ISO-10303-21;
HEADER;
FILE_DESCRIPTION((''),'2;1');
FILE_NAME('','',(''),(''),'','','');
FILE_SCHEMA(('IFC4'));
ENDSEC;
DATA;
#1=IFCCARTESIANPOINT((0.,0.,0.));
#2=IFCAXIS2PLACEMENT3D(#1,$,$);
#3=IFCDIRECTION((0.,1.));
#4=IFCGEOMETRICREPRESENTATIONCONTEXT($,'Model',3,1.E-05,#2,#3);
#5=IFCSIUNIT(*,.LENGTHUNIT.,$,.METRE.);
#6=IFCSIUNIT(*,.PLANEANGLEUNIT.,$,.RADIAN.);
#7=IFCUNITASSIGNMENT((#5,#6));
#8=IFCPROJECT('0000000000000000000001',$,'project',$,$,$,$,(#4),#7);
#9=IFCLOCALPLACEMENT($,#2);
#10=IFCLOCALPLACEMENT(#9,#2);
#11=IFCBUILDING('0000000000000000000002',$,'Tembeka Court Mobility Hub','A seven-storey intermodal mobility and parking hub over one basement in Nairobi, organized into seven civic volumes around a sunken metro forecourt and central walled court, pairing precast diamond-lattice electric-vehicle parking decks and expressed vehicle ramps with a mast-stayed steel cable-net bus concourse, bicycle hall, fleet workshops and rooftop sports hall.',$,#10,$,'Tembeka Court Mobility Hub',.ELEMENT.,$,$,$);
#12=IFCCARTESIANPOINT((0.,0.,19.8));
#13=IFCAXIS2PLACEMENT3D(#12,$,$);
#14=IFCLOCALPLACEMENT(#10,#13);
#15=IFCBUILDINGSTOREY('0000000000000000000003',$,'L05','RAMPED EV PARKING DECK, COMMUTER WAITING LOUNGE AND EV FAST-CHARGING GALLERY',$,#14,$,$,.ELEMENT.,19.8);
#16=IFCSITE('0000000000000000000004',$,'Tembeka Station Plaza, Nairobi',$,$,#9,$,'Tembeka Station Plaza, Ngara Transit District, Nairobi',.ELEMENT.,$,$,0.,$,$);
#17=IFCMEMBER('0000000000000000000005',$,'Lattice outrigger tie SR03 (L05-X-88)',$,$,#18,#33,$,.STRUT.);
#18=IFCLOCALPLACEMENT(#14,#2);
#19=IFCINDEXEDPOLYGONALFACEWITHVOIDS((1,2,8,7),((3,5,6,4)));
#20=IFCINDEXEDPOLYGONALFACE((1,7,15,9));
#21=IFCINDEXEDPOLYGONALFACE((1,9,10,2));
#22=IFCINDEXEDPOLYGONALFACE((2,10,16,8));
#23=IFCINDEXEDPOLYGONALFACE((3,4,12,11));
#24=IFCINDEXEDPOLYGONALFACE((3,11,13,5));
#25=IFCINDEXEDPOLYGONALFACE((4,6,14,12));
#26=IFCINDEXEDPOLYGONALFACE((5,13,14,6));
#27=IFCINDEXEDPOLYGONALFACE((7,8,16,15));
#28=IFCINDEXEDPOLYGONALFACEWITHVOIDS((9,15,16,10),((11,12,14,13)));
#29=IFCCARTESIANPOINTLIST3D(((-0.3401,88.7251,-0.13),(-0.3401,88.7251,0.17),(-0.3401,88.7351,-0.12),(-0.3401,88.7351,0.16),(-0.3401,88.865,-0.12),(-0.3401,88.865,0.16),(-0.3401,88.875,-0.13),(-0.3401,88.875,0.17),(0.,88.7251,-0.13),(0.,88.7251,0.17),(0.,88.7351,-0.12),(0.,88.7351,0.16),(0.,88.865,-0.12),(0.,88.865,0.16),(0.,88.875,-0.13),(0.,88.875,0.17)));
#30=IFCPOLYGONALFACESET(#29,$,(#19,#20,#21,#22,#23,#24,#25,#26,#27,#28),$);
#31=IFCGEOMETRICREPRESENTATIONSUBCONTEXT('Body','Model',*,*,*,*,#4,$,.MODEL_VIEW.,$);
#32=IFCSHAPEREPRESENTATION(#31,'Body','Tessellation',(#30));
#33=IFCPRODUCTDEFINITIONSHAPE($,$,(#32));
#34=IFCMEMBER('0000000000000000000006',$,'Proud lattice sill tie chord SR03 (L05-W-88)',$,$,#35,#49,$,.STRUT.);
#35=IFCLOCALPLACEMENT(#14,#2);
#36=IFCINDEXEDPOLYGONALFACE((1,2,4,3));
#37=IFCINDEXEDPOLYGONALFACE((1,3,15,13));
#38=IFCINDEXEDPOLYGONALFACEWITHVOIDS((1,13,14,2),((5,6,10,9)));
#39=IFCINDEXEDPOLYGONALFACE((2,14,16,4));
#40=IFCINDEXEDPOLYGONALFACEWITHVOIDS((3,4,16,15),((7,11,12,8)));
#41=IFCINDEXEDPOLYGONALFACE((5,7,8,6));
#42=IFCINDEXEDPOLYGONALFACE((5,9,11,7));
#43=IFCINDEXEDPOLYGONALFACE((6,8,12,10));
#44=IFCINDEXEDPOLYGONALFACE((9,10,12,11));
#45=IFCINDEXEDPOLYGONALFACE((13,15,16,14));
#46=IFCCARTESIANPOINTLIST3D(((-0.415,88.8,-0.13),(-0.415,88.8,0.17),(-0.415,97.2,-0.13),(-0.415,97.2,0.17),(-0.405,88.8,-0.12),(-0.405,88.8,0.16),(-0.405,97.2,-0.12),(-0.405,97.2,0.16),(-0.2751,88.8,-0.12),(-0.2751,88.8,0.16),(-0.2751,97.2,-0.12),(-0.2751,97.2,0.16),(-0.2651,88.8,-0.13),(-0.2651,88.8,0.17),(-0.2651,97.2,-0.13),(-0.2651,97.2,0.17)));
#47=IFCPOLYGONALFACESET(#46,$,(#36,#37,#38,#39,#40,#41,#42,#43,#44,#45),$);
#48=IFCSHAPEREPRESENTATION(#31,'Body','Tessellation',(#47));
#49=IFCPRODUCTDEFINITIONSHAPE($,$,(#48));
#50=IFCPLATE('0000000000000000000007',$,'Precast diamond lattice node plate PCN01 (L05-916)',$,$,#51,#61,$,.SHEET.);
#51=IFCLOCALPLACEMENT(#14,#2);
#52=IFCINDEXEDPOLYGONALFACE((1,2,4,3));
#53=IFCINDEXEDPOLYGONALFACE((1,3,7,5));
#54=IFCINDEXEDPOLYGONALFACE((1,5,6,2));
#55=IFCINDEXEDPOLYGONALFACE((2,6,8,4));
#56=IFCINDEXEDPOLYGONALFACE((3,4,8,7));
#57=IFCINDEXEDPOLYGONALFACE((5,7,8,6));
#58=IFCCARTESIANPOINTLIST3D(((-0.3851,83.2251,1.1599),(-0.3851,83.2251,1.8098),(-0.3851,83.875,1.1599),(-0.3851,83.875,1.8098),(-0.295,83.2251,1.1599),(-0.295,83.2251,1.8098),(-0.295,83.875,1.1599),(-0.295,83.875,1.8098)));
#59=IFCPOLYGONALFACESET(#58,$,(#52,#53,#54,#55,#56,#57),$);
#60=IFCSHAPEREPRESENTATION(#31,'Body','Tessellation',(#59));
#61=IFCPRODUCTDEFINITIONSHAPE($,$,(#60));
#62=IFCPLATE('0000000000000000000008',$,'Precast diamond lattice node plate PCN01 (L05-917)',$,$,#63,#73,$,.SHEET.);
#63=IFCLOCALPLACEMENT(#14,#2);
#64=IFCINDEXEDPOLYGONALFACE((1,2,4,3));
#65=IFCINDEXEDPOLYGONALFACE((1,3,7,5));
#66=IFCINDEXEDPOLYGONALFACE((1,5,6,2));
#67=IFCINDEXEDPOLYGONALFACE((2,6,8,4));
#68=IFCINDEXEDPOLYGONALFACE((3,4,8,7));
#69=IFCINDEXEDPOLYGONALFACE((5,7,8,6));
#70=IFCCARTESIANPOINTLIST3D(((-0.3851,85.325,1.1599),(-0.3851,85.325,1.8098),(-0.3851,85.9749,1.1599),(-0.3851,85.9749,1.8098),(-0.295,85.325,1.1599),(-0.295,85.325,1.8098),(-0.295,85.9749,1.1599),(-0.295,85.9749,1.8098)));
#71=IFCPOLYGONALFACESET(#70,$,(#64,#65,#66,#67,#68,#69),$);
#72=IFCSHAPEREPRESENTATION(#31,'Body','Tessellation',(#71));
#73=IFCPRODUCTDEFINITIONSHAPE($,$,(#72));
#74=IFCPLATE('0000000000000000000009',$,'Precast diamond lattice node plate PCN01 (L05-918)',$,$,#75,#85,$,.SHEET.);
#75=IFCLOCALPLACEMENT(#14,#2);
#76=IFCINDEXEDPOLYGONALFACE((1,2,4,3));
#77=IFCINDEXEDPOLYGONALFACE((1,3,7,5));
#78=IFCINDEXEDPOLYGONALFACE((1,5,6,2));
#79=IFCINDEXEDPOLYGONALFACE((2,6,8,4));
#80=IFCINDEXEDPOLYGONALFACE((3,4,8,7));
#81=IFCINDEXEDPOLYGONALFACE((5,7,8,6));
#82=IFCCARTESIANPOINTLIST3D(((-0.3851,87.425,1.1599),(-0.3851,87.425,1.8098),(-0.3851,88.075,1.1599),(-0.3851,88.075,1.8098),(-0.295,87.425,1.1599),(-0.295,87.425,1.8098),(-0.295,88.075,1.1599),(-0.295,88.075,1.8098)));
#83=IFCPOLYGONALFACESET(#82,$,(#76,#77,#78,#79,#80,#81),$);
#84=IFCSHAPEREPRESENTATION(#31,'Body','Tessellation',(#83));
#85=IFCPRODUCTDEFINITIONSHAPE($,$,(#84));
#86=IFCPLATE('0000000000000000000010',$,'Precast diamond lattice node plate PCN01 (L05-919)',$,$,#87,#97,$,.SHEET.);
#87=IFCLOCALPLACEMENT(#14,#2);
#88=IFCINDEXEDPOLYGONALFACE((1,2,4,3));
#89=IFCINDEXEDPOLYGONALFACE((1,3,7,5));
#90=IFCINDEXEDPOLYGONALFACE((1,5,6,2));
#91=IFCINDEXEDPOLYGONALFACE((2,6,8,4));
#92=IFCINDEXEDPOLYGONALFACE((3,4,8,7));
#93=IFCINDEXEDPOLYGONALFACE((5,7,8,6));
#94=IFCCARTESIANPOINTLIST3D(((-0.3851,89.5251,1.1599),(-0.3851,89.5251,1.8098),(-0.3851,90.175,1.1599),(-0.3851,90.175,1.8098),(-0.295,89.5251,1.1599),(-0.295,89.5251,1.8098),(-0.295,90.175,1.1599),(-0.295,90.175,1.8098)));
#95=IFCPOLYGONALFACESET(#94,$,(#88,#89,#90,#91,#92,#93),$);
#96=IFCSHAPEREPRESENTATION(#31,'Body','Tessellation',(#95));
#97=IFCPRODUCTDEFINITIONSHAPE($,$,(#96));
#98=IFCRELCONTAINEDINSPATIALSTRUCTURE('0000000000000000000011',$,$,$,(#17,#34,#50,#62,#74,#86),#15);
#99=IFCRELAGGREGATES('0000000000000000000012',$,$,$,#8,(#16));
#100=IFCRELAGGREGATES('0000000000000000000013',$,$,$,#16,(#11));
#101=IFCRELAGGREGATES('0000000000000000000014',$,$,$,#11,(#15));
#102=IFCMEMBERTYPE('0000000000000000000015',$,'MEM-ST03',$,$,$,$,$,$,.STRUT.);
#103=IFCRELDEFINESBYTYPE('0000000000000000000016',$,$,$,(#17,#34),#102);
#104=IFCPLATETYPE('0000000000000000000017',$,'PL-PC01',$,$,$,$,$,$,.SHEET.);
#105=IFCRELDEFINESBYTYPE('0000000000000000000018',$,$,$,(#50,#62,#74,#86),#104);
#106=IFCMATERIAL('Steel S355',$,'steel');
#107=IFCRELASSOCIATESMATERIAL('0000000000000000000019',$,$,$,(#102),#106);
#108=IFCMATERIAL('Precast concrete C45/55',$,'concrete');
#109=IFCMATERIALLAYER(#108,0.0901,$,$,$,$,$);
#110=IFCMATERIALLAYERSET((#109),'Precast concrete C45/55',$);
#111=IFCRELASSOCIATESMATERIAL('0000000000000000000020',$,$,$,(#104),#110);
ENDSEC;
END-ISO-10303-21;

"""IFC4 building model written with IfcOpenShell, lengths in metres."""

from ifc_helpers import new_model, si_unit, direction, frame, origin, origin_2d, place, context, subcontext, project, spatial, rectangle, hollow_rectangle, extrude, material, layer, layer_set, material_profile, profile_set, type_object, element, save


model = new_model("IFC4")

# Units and contexts
model_context = context("Model", 3, precision=1e-05, world=origin(), true_north=direction((0.0, 1.0)))
body_context = subcontext(model_context, "Body", "Model", "MODEL_VIEW")
ifc_project = project(units=[si_unit("LENGTHUNIT", "METRE"), si_unit("PLANEANGLEUNIT", "RADIAN")], contexts=[model_context])

# Site, building, storey
site_placement = place(None, origin())
site = spatial("IfcSite", under=ifc_project, at=site_placement, Name="Tembeka Station Plaza, Nairobi", LongName="Tembeka Station Plaza, Ngara Transit District, Nairobi", CompositionType="ELEMENT", RefElevation=0.0)
building_placement = place(site_placement, origin())
building = spatial("IfcBuilding", under=site, at=building_placement, Name="Tembeka Court Mobility Hub", Description="A seven-storey intermodal mobility and parking hub over one basement in Nairobi, organized into seven civic volumes around a sunken metro forecourt and central walled court, pairing precast diamond-lattice electric-vehicle parking decks and expressed vehicle ramps with a mast-stayed steel cable-net bus concourse, bicycle hall, fleet workshops and rooftop sports hall.", LongName="Tembeka Court Mobility Hub", CompositionType="ELEMENT")
storey_placement = place(building_placement, frame((0.0, 0.0, 19.8)))
storey = spatial("IfcBuildingStorey", under=building, at=storey_placement, Name="L05", Description="RAMPED EV PARKING DECK, COMMUTER WAITING LOUNGE AND EV FAST-CHARGING GALLERY", CompositionType="ELEMENT", Elevation=19.8)

# Shared definitions
ifc_material_1 = material(Name="Steel S355", Category="steel")

# Members
ifc_material_2 = material(Name="Precast concrete C45/55", Category="concrete")
ifc_material_profile_1 = material_profile(ifc_material_1, hollow_rectangle(XDim=0.1499, YDim=0.3, WallThickness=0.01, at=origin_2d()), Name="RHS 300x150x10")
ifc_profile_set_1 = profile_set([ifc_material_profile_1], Name="Steel S355")
member_type_1 = type_object("IfcMemberType", Name="MEM-ST03", PredefinedType="STRUT", material=ifc_profile_set_1)
member_1_placement = place(storey_placement, frame((0.0, 88.8, 0.02), z_axis=(-1.0, 0.0, 0.0), x_axis=(0.0, -1.0, 0.0)))
element("IfcMember", 1, at=member_1_placement, inside=storey, type_object=member_type_1, Name="Lattice outrigger tie SR03 (L05-X-88)", PredefinedType="STRUT", context=body_context, shape_type="SweptSolid", body=[
    extrude(hollow_rectangle(XDim=0.1499, YDim=0.3, WallThickness=0.01, at=origin_2d()), origin(), (0.0, 0.0, 1.0), 0.3401),
])
member_2_placement = place(storey_placement, frame((-0.3401, 88.8, 0.02), z_axis=(0.0, 1.0, 0.0), x_axis=(-1.0, 0.0, 0.0)))
element("IfcMember", 2, at=member_2_placement, inside=storey, type_object=member_type_1, Name="Proud lattice sill tie chord SR03 (L05-W-88)", PredefinedType="STRUT", context=body_context, shape_type="SweptSolid", body=[
    extrude(hollow_rectangle(XDim=0.1499, YDim=0.3, WallThickness=0.01, at=origin_2d()), origin(), (0.0, 0.0, 1.0), 8.3999),
])

# Plates
ifc_layer = layer(ifc_material_2, 0.0901)
ifc_layer_set = layer_set([ifc_layer], Name="Precast concrete C45/55")
plate_type = type_object("IfcPlateType", Name="PL-PC01", PredefinedType="SHEET", material=ifc_layer_set)
for number, where, z_axis, x_axis, name in (
    (3, (-0.3401, 83.55, 1.1599), (0.0, 0.0, 1.0), (1.0, 0.0, 0.0), "Precast diamond lattice node plate PCN01 (L05-916)"),
    (4, (-0.3401, 85.6499, 1.1599), (0.0, 0.0, 1.0), (1.0, 0.0, 0.0), "Precast diamond lattice node plate PCN01 (L05-917)"),
    (5, (-0.3401, 87.75, 1.1599), (0.0, 0.0, 1.0), (1.0, 0.0, 0.0), "Precast diamond lattice node plate PCN01 (L05-918)"),
    (6, (-0.3401, 89.8501, 1.1599), (0.0, 0.0, 1.0), (1.0, 0.0, 0.0), "Precast diamond lattice node plate PCN01 (L05-919)"),
):
    element("IfcPlate", number, at=place(storey_placement, frame(where, z_axis=z_axis, x_axis=x_axis)), inside=storey, type_object=plate_type, Name=name, PredefinedType="SHEET", context=body_context, shape_type="SweptSolid", body=[
        extrude(rectangle(XDim=0.0901, YDim=0.6499, at=origin_2d()), origin(), (0.0, 0.0, 1.0), 0.6499),
    ])

save(model, "model.ifc")
